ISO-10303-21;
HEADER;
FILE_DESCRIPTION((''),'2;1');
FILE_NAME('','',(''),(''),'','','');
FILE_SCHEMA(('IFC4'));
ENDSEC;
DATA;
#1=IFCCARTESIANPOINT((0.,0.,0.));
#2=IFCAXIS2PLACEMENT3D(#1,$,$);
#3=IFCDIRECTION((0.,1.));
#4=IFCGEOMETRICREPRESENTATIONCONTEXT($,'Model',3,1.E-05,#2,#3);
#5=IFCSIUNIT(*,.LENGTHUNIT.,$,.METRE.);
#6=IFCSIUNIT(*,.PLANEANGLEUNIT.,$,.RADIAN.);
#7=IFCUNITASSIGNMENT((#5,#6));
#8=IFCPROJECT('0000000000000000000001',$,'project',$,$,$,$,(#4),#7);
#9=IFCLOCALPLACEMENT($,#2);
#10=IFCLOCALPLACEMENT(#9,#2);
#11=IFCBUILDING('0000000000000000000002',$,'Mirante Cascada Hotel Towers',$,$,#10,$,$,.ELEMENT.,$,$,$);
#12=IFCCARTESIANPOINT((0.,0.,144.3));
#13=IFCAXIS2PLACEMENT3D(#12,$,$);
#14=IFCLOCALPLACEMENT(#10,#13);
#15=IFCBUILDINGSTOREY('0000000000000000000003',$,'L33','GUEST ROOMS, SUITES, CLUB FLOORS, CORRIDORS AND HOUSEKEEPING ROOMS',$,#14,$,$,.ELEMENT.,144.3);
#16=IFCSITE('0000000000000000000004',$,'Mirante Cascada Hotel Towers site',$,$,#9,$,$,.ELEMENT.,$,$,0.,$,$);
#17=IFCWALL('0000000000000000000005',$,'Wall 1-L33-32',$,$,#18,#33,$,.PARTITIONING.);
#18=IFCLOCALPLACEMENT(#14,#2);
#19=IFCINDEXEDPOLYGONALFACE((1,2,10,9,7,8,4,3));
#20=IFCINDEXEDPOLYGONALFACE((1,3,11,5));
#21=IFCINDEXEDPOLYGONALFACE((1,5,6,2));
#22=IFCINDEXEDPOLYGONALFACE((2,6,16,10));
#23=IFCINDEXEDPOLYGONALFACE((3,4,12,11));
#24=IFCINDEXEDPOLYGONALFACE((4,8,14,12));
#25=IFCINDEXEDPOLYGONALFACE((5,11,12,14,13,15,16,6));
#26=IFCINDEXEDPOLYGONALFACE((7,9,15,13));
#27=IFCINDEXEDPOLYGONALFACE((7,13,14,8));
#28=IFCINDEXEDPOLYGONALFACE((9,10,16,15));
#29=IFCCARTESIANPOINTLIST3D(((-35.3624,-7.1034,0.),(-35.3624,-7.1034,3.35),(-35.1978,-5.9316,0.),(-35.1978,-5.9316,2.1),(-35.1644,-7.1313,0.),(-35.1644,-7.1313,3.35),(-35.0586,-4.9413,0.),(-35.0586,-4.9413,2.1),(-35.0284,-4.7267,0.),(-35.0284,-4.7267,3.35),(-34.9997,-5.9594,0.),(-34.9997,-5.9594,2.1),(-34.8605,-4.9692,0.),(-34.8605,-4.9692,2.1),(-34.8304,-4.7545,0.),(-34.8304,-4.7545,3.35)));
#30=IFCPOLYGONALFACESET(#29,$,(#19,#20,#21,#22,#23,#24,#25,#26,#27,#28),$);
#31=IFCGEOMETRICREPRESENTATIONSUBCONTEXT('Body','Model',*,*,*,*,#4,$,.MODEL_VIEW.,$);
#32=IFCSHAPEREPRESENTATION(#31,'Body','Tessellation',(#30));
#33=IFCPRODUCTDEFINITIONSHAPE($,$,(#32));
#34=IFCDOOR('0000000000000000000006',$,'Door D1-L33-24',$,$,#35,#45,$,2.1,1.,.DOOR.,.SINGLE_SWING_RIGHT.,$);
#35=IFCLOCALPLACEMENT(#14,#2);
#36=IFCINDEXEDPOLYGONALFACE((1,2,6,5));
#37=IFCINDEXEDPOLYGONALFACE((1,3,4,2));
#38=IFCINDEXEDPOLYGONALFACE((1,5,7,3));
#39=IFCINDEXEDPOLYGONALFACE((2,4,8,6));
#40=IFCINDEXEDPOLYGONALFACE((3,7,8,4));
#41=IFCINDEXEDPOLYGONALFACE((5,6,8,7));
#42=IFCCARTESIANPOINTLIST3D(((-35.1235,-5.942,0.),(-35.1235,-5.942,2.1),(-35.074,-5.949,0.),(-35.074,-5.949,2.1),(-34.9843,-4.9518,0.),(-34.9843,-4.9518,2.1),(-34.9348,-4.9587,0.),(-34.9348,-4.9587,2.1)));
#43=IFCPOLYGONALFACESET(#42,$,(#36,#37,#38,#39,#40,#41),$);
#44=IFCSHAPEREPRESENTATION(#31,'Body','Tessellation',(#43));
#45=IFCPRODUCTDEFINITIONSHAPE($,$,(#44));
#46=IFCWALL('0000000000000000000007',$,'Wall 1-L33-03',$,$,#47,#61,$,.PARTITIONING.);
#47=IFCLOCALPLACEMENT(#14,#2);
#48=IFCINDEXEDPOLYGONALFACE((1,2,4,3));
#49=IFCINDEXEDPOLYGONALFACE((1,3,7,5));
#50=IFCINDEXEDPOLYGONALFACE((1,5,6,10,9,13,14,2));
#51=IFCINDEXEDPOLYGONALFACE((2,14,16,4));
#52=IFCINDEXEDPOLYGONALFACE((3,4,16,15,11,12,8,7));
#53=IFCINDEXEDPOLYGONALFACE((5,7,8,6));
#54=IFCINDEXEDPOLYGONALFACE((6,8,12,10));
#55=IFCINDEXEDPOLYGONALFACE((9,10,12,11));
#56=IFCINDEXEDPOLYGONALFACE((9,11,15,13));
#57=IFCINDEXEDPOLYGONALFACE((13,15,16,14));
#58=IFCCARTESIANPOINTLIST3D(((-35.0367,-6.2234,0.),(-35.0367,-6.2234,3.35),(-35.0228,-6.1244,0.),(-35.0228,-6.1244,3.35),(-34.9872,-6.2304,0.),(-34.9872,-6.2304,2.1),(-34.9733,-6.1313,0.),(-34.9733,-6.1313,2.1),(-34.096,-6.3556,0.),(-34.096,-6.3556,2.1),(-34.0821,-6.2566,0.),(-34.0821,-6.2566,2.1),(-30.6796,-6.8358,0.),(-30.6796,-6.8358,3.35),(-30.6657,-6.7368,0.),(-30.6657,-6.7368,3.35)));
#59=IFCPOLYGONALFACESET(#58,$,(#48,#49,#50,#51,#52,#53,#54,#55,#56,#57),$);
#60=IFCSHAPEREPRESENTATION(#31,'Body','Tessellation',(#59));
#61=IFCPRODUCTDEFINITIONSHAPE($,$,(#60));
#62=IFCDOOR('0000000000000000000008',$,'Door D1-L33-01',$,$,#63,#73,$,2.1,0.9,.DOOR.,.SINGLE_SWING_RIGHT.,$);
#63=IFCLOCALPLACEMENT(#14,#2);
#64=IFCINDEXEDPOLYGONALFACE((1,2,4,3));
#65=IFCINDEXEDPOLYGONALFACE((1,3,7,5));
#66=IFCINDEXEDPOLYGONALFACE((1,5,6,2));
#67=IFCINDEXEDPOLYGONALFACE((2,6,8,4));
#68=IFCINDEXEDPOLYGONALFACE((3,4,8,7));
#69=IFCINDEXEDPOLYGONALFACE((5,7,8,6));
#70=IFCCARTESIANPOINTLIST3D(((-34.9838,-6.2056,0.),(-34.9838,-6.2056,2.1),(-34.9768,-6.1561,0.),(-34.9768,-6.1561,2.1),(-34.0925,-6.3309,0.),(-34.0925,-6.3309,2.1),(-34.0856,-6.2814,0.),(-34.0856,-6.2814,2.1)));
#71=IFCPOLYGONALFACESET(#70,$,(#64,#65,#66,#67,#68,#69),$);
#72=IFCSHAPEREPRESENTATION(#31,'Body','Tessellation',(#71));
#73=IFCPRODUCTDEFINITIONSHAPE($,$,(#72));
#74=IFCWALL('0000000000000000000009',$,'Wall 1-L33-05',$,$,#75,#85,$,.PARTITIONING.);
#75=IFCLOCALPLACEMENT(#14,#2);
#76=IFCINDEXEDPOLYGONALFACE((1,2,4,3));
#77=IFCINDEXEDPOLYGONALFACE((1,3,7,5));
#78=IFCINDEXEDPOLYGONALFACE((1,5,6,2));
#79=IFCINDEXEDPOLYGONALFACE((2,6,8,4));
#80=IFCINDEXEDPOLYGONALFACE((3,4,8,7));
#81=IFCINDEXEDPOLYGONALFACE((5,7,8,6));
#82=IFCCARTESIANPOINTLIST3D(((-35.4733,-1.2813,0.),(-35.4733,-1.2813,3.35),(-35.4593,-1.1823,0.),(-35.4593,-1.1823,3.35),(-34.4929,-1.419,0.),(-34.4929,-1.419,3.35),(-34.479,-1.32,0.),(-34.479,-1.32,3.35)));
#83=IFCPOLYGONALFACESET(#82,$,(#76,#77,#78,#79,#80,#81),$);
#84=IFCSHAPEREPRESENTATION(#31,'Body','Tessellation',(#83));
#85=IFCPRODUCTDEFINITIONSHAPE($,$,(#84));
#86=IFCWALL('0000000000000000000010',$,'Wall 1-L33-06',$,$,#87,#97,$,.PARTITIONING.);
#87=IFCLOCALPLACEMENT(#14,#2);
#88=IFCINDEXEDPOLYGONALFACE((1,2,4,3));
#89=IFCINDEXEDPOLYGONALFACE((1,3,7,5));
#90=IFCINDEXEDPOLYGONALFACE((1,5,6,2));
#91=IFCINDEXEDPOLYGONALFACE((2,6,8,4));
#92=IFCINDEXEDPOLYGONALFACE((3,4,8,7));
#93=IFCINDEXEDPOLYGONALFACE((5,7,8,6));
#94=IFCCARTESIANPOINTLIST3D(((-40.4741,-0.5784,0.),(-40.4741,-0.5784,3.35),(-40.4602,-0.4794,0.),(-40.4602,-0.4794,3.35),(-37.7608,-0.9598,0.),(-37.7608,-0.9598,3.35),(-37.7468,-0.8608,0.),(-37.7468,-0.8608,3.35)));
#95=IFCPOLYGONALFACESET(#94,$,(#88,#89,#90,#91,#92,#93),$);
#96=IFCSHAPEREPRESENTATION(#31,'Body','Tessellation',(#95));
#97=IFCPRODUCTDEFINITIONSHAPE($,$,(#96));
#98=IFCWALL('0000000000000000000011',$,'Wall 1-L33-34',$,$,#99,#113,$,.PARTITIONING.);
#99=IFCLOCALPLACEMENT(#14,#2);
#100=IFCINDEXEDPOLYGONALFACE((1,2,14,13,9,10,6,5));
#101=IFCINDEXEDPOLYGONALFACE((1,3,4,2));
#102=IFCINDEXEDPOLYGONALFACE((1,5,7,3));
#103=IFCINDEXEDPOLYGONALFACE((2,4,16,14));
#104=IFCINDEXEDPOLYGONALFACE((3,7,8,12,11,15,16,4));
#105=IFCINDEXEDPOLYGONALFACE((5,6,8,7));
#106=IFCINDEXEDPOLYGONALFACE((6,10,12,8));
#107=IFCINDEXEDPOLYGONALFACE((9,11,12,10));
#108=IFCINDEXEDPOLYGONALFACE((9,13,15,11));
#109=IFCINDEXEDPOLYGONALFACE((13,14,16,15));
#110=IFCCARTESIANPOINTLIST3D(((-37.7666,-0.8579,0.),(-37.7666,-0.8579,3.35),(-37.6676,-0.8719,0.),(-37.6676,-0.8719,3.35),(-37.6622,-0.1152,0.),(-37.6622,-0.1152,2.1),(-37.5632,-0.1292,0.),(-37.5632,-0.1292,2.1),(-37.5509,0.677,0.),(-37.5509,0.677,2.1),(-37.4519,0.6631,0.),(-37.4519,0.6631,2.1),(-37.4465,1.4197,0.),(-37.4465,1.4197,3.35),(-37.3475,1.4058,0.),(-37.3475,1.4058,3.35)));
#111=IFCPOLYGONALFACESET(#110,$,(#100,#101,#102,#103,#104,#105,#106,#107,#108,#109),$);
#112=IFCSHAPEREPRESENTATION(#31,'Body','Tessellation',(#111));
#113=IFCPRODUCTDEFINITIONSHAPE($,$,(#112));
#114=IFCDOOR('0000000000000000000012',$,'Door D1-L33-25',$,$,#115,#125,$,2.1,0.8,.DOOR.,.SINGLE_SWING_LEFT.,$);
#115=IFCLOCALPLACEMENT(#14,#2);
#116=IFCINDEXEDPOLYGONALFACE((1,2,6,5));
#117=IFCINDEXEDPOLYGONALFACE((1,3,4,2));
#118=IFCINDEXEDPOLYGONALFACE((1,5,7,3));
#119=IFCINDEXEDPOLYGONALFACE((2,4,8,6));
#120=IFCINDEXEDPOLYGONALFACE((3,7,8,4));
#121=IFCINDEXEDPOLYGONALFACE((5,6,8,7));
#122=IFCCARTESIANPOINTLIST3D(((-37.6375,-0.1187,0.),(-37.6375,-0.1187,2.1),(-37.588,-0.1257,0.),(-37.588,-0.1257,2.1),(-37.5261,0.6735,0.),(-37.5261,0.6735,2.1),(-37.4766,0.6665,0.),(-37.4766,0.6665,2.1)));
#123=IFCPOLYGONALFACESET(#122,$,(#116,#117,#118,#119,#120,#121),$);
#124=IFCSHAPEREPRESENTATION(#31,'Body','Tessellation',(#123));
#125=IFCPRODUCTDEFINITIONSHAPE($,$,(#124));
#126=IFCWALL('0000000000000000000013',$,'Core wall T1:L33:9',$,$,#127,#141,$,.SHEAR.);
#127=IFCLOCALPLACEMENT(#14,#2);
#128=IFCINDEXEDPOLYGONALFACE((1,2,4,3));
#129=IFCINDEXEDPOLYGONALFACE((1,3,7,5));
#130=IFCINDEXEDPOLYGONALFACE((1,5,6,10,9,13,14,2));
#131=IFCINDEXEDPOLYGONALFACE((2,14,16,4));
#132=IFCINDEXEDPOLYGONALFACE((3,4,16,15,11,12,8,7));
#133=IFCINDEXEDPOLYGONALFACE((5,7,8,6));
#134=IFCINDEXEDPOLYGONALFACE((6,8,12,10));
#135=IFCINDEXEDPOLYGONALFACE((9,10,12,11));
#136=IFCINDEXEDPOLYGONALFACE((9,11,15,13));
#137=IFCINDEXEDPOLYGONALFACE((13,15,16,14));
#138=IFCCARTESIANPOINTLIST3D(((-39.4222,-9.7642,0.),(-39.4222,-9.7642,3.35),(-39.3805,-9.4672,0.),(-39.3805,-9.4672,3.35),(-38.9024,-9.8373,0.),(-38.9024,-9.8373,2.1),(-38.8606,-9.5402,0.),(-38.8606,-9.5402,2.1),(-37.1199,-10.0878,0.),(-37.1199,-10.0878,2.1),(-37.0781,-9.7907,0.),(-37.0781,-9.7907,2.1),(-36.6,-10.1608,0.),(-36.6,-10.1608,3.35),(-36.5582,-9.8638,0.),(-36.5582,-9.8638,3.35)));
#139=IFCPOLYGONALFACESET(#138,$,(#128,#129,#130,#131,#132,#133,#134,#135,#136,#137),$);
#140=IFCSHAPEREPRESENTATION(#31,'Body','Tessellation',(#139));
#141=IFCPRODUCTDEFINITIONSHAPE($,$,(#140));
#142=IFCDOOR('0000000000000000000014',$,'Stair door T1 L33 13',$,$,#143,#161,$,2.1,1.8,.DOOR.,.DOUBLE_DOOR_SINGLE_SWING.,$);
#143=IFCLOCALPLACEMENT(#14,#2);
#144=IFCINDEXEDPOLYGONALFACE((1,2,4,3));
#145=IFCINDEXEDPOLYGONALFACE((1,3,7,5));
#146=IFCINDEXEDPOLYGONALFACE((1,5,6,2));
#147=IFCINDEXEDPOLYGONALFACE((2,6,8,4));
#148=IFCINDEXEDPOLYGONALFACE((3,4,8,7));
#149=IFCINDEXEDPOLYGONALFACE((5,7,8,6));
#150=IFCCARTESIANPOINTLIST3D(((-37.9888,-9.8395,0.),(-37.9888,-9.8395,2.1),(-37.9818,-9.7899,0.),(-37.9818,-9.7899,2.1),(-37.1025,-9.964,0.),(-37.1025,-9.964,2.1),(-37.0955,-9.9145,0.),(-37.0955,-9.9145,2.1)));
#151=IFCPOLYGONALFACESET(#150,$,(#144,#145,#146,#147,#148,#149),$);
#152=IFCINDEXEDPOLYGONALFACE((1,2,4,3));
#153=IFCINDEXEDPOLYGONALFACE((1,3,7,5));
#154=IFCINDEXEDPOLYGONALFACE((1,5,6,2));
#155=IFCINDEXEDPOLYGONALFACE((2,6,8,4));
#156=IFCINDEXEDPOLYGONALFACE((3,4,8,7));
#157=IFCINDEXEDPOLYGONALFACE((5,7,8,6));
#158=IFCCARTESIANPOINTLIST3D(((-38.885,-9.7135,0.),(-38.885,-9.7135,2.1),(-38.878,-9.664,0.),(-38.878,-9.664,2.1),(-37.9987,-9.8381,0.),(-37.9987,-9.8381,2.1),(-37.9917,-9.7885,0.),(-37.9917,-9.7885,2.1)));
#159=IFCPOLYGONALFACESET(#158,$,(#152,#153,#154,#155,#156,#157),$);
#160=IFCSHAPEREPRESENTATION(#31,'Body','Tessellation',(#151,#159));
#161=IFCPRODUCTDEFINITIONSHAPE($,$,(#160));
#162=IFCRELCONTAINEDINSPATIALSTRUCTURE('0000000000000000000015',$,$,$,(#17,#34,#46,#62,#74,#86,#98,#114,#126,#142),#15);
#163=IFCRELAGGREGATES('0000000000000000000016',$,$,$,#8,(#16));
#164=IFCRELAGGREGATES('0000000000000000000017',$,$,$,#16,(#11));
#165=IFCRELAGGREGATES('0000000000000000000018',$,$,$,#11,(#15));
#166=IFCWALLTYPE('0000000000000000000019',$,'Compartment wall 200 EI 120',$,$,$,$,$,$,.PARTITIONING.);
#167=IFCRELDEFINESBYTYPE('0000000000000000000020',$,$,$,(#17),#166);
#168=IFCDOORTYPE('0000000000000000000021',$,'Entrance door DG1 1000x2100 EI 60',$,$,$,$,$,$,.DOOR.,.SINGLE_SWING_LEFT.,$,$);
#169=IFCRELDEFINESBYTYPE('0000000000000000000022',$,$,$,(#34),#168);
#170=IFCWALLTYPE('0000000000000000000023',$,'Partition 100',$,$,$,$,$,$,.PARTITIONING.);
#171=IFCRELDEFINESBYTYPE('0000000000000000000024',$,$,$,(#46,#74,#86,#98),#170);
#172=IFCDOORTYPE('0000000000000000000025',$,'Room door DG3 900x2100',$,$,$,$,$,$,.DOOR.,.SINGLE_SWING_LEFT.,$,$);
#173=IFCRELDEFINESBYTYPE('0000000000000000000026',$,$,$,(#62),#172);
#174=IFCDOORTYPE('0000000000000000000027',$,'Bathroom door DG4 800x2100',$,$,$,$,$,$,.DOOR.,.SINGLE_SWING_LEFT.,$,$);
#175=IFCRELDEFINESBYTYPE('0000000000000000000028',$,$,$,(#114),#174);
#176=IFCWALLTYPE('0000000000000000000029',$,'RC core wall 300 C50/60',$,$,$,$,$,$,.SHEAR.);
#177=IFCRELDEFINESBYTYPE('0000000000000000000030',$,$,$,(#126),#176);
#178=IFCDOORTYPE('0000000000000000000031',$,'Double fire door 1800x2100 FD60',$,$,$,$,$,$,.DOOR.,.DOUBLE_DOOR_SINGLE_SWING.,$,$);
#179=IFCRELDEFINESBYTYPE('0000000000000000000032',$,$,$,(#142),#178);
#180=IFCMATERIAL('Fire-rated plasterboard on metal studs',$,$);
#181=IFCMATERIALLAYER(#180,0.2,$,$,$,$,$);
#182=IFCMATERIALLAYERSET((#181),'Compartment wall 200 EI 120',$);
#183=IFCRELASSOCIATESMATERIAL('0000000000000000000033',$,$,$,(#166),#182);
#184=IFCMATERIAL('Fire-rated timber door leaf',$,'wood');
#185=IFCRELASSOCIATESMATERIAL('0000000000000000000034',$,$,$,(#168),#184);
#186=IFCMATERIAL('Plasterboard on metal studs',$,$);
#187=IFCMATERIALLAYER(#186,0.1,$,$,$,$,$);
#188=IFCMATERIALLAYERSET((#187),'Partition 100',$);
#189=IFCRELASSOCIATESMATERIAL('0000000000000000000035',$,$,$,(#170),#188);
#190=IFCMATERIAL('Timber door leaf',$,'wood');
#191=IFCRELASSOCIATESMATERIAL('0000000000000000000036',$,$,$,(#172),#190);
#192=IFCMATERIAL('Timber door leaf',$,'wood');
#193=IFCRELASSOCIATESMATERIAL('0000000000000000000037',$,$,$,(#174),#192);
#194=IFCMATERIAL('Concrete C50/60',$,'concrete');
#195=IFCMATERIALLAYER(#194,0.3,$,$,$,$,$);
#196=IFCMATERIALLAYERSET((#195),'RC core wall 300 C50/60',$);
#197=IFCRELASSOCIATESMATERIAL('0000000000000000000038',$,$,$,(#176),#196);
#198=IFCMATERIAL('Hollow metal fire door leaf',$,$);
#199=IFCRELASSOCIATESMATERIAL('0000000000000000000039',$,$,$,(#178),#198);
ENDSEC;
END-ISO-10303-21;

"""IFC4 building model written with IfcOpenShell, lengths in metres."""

from ifc_helpers import new_model, si_unit, direction, frame, frame_2d, origin, place, context, subcontext, project, spatial, rectangle, extrude, material, layer, layer_set, type_object, element, fill, save


model = new_model("IFC4")

# Units and contexts
model_context = context("Model", 3, precision=1e-05, world=origin(), true_north=direction((0.0, 1.0)))
body_context = subcontext(model_context, "Body", "Model", "MODEL_VIEW")
ifc_project = project(units=[si_unit("LENGTHUNIT", "METRE"), si_unit("PLANEANGLEUNIT", "RADIAN")], contexts=[model_context])

# Site, building, storey
site_placement = place(None, origin())
site = spatial("IfcSite", under=ifc_project, at=site_placement, Name="Mirante Cascada Hotel Towers site", CompositionType="ELEMENT", RefElevation=0.0)
building_placement = place(site_placement, origin())
building = spatial("IfcBuilding", under=site, at=building_placement, Name="Mirante Cascada Hotel Towers", CompositionType="ELEMENT")
storey_placement = place(building_placement, frame((0.0, 0.0, 144.3)))
storey = spatial("IfcBuildingStorey", under=building, at=storey_placement, Name="L33", Description="GUEST ROOMS, SUITES, CLUB FLOORS, CORRIDORS AND HOUSEKEEPING ROOMS", CompositionType="ELEMENT", Elevation=144.3)

# Walls, openings, doors
ifc_material_1 = material(Name="Fire-rated plasterboard on metal studs")
ifc_layer_1 = layer(ifc_material_1, 0.2)
ifc_layer_set_1 = layer_set([ifc_layer_1], Name="Compartment wall 200 EI 120")
wall_type_1 = type_object("IfcWallType", Name="Compartment wall 200 EI 120", PredefinedType="PARTITIONING", material=ifc_layer_set_1)
wall_1_placement = place(storey_placement, frame((-35.2634, -7.1173, 0.0), z_axis=(0.0, 0.0, 1.0), x_axis=(0.139163, 0.990269, 0.0)))
wall_1 = element("IfcWall", 1, at=wall_1_placement, inside=storey, type_object=wall_type_1, Name="Wall 1-L33-32", PredefinedType="PARTITIONING", context=body_context, shape_type="SweptSolid", body=[
    extrude(rectangle(XDim=2.4001, YDim=0.2, at=frame_2d((1.2, 0.0))), origin(), (0.0, 0.0, 1.0), 3.35),
])
opening_1_placement = place(wall_1_placement, frame((1.1833, 0.0, 0.0)))
opening_1 = element("IfcOpeningElement", 2, at=opening_1_placement, cuts=wall_1, PredefinedType="OPENING", context=body_context, shape_type="SweptSolid", body=[
    extrude(rectangle(XDim=1.0, YDim=2.1, at=frame_2d((0.5, 1.05))), frame((0.0, 0.1, 0.0), z_axis=(0.0, -1.0, 0.0), x_axis=(1.0, 0.0, 0.0)), (0.0, 0.0, 1.0), 0.2),
])
ifc_material_2 = material(Name="Fire-rated timber door leaf", Category="wood")
door_type_1 = type_object("IfcDoorType", Name="Entrance door DG1 1000x2100 EI 60", OperationType="SINGLE_SWING_LEFT", PredefinedType="DOOR", material=ifc_material_2)
door_1_placement = place(opening_1_placement, frame((1.0, 0.0, 0.0), z_axis=(0.0, 0.0, 1.0), x_axis=(-1.0, 0.0, 0.0)))
door_1 = element("IfcDoor", 3, at=door_1_placement, inside=storey, type_object=door_type_1, Name="Door D1-L33-24", OperationType="SINGLE_SWING_RIGHT", OverallHeight=2.1, OverallWidth=1.0, PredefinedType="DOOR", context=body_context, shape_type="SweptSolid", body=[
    extrude(rectangle(XDim=1.0, YDim=2.1, at=frame_2d((0.5, 1.05))), frame((0.0, 0.025, 0.0), z_axis=(0.0, -1.0, 0.0), x_axis=(1.0, 0.0, 0.0)), (0.0, 0.0, 1.0), 0.05),
])
fill(opening_1, door_1)
ifc_material_3 = material(Name="Plasterboard on metal studs")
ifc_layer_2 = layer(ifc_material_3, 0.1)
ifc_layer_set_2 = layer_set([ifc_layer_2], Name="Partition 100")
wall_type_2 = type_object("IfcWallType", Name="Partition 100", PredefinedType="PARTITIONING", material=ifc_layer_set_2)
wall_2_placement = place(storey_placement, frame((-35.0298, -6.1739, 0.0), z_axis=(0.0, 0.0, 1.0), x_axis=(0.990267, -0.139184, 0.0)))
wall_2 = element("IfcWall", 4, at=wall_2_placement, inside=storey, type_object=wall_type_2, Name="Wall 1-L33-03", PredefinedType="PARTITIONING", context=body_context, shape_type="SweptSolid", body=[
    extrude(rectangle(XDim=4.3999, YDim=0.1, at=frame_2d((2.2, 0.0))), origin(), (0.0, 0.0, 1.0), 3.35),
])
opening_2_placement = place(wall_2_placement, frame((0.05, 0.0, 0.0)))
opening_2 = element("IfcOpeningElement", 5, at=opening_2_placement, cuts=wall_2, PredefinedType="OPENING", context=body_context, shape_type="SweptSolid", body=[
    extrude(rectangle(XDim=0.9, YDim=2.1, at=frame_2d((0.45, 1.05))), frame((0.0, 0.05, 0.0), z_axis=(0.0, -1.0, 0.0), x_axis=(1.0, 0.0, 0.0)), (0.0, 0.0, 1.0), 0.1),
])
ifc_material_4 = material(Name="Timber door leaf", Category="wood")
door_type_2 = type_object("IfcDoorType", Name="Room door DG3 900x2100", OperationType="SINGLE_SWING_LEFT", PredefinedType="DOOR", material=ifc_material_4)
door_2_placement = place(opening_2_placement, frame((0.9, 0.0, 0.0), z_axis=(0.0, 0.0, 1.0), x_axis=(-1.0, 0.0, 0.0)))
door_2 = element("IfcDoor", 6, at=door_2_placement, inside=storey, type_object=door_type_2, Name="Door D1-L33-01", OperationType="SINGLE_SWING_RIGHT", OverallHeight=2.1, OverallWidth=0.9, PredefinedType="DOOR", context=body_context, shape_type="SweptSolid", body=[
    extrude(rectangle(XDim=0.9, YDim=2.1, at=frame_2d((0.45, 1.05))), frame((0.0, 0.025, 0.0), z_axis=(0.0, -1.0, 0.0), x_axis=(1.0, 0.0, 0.0)), (0.0, 0.0, 1.0), 0.05),
])
fill(opening_2, door_2)

# Walls
wall_3_placement = place(storey_placement, frame((-35.4663, -1.2318, 0.0), z_axis=(0.0, 0.0, 1.0), x_axis=(0.99028, -0.139088, 0.0)))
element("IfcWall", 7, at=wall_3_placement, inside=storey, type_object=wall_type_2, Name="Wall 1-L33-05", PredefinedType="PARTITIONING", context=body_context, shape_type="SweptSolid", body=[
    extrude(rectangle(XDim=0.99, YDim=0.1, at=frame_2d((0.495, 0.0))), origin(), (0.0, 0.0, 1.0), 3.35),
])
wall_4_placement = place(storey_placement, frame((-37.7538, -0.9103, 0.0), z_axis=(0.0, 0.0, 1.0), x_axis=(-0.990264, 0.139198, 0.0)))
element("IfcWall", 8, at=wall_4_placement, inside=storey, type_object=wall_type_2, Name="Wall 1-L33-06", PredefinedType="PARTITIONING", context=body_context, shape_type="SweptSolid", body=[
    extrude(rectangle(XDim=2.74, YDim=0.1, at=frame_2d((1.37, 0.0))), origin(), (0.0, 0.0, 1.0), 3.35),
])

# Walls, openings, doors
wall_5_placement = place(storey_placement, frame((-37.7171, -0.8649, 0.0), z_axis=(0.0, 0.0, 1.0), x_axis=(0.139175, 0.990268, 0.0)))
wall_5 = element("IfcWall", 9, at=wall_5_placement, inside=storey, type_object=wall_type_2, Name="Wall 1-L33-34", PredefinedType="PARTITIONING", context=body_context, shape_type="SweptSolid", body=[
    extrude(rectangle(XDim=2.3, YDim=0.1, at=frame_2d((1.15, 0.0))), origin(), (0.0, 0.0, 1.0), 3.35),
])
opening_3_placement = place(wall_5_placement, frame((0.75, 0.0, 0.0)))
opening_3 = element("IfcOpeningElement", 10, at=opening_3_placement, cuts=wall_5, PredefinedType="OPENING", context=body_context, shape_type="SweptSolid", body=[
    extrude(rectangle(XDim=0.8, YDim=2.1, at=frame_2d((0.4, 1.05))), frame((0.0, 0.05, 0.0), z_axis=(0.0, -1.0, 0.0), x_axis=(1.0, 0.0, 0.0)), (0.0, 0.0, 1.0), 0.1),
])
ifc_material_5 = material(Name="Timber door leaf", Category="wood")
door_type_3 = type_object("IfcDoorType", Name="Bathroom door DG4 800x2100", OperationType="SINGLE_SWING_LEFT", PredefinedType="DOOR", material=ifc_material_5)
door_3_placement = place(opening_3_placement, origin())
door_3 = element("IfcDoor", 11, at=door_3_placement, inside=storey, type_object=door_type_3, Name="Door D1-L33-25", OperationType="SINGLE_SWING_LEFT", OverallHeight=2.1, OverallWidth=0.8, PredefinedType="DOOR", context=body_context, shape_type="SweptSolid", body=[
    extrude(rectangle(XDim=0.8, YDim=2.1, at=frame_2d((0.4, 1.05))), frame((0.0, 0.025, 0.0), z_axis=(0.0, -1.0, 0.0), x_axis=(1.0, 0.0, 0.0)), (0.0, 0.0, 1.0), 0.05),
])
fill(opening_3, door_3)
ifc_material_6 = material(Name="Concrete C50/60", Category="concrete")
ifc_layer_3 = layer(ifc_material_6, 0.3)
ifc_layer_set_3 = layer_set([ifc_layer_3], Name="RC core wall 300 C50/60")
wall_type_3 = type_object("IfcWallType", Name="RC core wall 300 C50/60", PredefinedType="SHEAR", material=ifc_layer_set_3)
wall_6_placement = place(storey_placement, frame((-36.5791, -10.0123, 0.0), z_axis=(0.0, 0.0, 1.0), x_axis=(-0.99027, 0.139156, 0.0)))
wall_6 = element("IfcWall", 12, at=wall_6_placement, inside=storey, type_object=wall_type_3, Name="Core wall T1:L33:9", PredefinedType="SHEAR", context=body_context, shape_type="SweptSolid", body=[
    extrude(rectangle(XDim=2.85, YDim=0.3, at=frame_2d((1.425, 0.0))), origin(), (0.0, 0.0, 1.0), 3.35),
])
opening_4_placement = place(wall_6_placement, frame((0.525, 0.0, 0.0)))
opening_4 = element("IfcOpeningElement", 13, at=opening_4_placement, cuts=wall_6, PredefinedType="OPENING", context=body_context, shape_type="SweptSolid", body=[
    extrude(rectangle(XDim=1.8, YDim=2.1, at=frame_2d((0.9, 1.05))), frame((0.0, 0.15, 0.0), z_axis=(0.0, -1.0, 0.0), x_axis=(1.0, 0.0, 0.0)), (0.0, 0.0, 1.0), 0.3),
])
ifc_material_7 = material(Name="Hollow metal fire door leaf")
door_type_4 = type_object("IfcDoorType", Name="Double fire door 1800x2100 FD60", OperationType="DOUBLE_DOOR_SINGLE_SWING", PredefinedType="DOOR", material=ifc_material_7)
door_4_placement = place(opening_4_placement, origin())
door_4 = element("IfcDoor", 14, at=door_4_placement, inside=storey, type_object=door_type_4, Name="Stair door T1 L33 13", OperationType="DOUBLE_DOOR_SINGLE_SWING", OverallHeight=2.1, OverallWidth=1.8, PredefinedType="DOOR", context=body_context, shape_type="SweptSolid", body=[
    extrude(rectangle(XDim=0.895, YDim=2.1, at=frame_2d((0.4475, 1.05))), frame((0.0, 0.025, 0.0), z_axis=(0.0, -1.0, 0.0), x_axis=(1.0, 0.0, 0.0)), (0.0, 0.0, 1.0), 0.05),
    extrude(rectangle(XDim=0.895, YDim=2.1, at=frame_2d((1.3525, 1.05))), frame((0.0, 0.025, 0.0), z_axis=(0.0, -1.0, 0.0), x_axis=(1.0, 0.0, 0.0)), (0.0, 0.0, 1.0), 0.05),
])
fill(opening_4, door_4)

save(model, "model.ifc")
